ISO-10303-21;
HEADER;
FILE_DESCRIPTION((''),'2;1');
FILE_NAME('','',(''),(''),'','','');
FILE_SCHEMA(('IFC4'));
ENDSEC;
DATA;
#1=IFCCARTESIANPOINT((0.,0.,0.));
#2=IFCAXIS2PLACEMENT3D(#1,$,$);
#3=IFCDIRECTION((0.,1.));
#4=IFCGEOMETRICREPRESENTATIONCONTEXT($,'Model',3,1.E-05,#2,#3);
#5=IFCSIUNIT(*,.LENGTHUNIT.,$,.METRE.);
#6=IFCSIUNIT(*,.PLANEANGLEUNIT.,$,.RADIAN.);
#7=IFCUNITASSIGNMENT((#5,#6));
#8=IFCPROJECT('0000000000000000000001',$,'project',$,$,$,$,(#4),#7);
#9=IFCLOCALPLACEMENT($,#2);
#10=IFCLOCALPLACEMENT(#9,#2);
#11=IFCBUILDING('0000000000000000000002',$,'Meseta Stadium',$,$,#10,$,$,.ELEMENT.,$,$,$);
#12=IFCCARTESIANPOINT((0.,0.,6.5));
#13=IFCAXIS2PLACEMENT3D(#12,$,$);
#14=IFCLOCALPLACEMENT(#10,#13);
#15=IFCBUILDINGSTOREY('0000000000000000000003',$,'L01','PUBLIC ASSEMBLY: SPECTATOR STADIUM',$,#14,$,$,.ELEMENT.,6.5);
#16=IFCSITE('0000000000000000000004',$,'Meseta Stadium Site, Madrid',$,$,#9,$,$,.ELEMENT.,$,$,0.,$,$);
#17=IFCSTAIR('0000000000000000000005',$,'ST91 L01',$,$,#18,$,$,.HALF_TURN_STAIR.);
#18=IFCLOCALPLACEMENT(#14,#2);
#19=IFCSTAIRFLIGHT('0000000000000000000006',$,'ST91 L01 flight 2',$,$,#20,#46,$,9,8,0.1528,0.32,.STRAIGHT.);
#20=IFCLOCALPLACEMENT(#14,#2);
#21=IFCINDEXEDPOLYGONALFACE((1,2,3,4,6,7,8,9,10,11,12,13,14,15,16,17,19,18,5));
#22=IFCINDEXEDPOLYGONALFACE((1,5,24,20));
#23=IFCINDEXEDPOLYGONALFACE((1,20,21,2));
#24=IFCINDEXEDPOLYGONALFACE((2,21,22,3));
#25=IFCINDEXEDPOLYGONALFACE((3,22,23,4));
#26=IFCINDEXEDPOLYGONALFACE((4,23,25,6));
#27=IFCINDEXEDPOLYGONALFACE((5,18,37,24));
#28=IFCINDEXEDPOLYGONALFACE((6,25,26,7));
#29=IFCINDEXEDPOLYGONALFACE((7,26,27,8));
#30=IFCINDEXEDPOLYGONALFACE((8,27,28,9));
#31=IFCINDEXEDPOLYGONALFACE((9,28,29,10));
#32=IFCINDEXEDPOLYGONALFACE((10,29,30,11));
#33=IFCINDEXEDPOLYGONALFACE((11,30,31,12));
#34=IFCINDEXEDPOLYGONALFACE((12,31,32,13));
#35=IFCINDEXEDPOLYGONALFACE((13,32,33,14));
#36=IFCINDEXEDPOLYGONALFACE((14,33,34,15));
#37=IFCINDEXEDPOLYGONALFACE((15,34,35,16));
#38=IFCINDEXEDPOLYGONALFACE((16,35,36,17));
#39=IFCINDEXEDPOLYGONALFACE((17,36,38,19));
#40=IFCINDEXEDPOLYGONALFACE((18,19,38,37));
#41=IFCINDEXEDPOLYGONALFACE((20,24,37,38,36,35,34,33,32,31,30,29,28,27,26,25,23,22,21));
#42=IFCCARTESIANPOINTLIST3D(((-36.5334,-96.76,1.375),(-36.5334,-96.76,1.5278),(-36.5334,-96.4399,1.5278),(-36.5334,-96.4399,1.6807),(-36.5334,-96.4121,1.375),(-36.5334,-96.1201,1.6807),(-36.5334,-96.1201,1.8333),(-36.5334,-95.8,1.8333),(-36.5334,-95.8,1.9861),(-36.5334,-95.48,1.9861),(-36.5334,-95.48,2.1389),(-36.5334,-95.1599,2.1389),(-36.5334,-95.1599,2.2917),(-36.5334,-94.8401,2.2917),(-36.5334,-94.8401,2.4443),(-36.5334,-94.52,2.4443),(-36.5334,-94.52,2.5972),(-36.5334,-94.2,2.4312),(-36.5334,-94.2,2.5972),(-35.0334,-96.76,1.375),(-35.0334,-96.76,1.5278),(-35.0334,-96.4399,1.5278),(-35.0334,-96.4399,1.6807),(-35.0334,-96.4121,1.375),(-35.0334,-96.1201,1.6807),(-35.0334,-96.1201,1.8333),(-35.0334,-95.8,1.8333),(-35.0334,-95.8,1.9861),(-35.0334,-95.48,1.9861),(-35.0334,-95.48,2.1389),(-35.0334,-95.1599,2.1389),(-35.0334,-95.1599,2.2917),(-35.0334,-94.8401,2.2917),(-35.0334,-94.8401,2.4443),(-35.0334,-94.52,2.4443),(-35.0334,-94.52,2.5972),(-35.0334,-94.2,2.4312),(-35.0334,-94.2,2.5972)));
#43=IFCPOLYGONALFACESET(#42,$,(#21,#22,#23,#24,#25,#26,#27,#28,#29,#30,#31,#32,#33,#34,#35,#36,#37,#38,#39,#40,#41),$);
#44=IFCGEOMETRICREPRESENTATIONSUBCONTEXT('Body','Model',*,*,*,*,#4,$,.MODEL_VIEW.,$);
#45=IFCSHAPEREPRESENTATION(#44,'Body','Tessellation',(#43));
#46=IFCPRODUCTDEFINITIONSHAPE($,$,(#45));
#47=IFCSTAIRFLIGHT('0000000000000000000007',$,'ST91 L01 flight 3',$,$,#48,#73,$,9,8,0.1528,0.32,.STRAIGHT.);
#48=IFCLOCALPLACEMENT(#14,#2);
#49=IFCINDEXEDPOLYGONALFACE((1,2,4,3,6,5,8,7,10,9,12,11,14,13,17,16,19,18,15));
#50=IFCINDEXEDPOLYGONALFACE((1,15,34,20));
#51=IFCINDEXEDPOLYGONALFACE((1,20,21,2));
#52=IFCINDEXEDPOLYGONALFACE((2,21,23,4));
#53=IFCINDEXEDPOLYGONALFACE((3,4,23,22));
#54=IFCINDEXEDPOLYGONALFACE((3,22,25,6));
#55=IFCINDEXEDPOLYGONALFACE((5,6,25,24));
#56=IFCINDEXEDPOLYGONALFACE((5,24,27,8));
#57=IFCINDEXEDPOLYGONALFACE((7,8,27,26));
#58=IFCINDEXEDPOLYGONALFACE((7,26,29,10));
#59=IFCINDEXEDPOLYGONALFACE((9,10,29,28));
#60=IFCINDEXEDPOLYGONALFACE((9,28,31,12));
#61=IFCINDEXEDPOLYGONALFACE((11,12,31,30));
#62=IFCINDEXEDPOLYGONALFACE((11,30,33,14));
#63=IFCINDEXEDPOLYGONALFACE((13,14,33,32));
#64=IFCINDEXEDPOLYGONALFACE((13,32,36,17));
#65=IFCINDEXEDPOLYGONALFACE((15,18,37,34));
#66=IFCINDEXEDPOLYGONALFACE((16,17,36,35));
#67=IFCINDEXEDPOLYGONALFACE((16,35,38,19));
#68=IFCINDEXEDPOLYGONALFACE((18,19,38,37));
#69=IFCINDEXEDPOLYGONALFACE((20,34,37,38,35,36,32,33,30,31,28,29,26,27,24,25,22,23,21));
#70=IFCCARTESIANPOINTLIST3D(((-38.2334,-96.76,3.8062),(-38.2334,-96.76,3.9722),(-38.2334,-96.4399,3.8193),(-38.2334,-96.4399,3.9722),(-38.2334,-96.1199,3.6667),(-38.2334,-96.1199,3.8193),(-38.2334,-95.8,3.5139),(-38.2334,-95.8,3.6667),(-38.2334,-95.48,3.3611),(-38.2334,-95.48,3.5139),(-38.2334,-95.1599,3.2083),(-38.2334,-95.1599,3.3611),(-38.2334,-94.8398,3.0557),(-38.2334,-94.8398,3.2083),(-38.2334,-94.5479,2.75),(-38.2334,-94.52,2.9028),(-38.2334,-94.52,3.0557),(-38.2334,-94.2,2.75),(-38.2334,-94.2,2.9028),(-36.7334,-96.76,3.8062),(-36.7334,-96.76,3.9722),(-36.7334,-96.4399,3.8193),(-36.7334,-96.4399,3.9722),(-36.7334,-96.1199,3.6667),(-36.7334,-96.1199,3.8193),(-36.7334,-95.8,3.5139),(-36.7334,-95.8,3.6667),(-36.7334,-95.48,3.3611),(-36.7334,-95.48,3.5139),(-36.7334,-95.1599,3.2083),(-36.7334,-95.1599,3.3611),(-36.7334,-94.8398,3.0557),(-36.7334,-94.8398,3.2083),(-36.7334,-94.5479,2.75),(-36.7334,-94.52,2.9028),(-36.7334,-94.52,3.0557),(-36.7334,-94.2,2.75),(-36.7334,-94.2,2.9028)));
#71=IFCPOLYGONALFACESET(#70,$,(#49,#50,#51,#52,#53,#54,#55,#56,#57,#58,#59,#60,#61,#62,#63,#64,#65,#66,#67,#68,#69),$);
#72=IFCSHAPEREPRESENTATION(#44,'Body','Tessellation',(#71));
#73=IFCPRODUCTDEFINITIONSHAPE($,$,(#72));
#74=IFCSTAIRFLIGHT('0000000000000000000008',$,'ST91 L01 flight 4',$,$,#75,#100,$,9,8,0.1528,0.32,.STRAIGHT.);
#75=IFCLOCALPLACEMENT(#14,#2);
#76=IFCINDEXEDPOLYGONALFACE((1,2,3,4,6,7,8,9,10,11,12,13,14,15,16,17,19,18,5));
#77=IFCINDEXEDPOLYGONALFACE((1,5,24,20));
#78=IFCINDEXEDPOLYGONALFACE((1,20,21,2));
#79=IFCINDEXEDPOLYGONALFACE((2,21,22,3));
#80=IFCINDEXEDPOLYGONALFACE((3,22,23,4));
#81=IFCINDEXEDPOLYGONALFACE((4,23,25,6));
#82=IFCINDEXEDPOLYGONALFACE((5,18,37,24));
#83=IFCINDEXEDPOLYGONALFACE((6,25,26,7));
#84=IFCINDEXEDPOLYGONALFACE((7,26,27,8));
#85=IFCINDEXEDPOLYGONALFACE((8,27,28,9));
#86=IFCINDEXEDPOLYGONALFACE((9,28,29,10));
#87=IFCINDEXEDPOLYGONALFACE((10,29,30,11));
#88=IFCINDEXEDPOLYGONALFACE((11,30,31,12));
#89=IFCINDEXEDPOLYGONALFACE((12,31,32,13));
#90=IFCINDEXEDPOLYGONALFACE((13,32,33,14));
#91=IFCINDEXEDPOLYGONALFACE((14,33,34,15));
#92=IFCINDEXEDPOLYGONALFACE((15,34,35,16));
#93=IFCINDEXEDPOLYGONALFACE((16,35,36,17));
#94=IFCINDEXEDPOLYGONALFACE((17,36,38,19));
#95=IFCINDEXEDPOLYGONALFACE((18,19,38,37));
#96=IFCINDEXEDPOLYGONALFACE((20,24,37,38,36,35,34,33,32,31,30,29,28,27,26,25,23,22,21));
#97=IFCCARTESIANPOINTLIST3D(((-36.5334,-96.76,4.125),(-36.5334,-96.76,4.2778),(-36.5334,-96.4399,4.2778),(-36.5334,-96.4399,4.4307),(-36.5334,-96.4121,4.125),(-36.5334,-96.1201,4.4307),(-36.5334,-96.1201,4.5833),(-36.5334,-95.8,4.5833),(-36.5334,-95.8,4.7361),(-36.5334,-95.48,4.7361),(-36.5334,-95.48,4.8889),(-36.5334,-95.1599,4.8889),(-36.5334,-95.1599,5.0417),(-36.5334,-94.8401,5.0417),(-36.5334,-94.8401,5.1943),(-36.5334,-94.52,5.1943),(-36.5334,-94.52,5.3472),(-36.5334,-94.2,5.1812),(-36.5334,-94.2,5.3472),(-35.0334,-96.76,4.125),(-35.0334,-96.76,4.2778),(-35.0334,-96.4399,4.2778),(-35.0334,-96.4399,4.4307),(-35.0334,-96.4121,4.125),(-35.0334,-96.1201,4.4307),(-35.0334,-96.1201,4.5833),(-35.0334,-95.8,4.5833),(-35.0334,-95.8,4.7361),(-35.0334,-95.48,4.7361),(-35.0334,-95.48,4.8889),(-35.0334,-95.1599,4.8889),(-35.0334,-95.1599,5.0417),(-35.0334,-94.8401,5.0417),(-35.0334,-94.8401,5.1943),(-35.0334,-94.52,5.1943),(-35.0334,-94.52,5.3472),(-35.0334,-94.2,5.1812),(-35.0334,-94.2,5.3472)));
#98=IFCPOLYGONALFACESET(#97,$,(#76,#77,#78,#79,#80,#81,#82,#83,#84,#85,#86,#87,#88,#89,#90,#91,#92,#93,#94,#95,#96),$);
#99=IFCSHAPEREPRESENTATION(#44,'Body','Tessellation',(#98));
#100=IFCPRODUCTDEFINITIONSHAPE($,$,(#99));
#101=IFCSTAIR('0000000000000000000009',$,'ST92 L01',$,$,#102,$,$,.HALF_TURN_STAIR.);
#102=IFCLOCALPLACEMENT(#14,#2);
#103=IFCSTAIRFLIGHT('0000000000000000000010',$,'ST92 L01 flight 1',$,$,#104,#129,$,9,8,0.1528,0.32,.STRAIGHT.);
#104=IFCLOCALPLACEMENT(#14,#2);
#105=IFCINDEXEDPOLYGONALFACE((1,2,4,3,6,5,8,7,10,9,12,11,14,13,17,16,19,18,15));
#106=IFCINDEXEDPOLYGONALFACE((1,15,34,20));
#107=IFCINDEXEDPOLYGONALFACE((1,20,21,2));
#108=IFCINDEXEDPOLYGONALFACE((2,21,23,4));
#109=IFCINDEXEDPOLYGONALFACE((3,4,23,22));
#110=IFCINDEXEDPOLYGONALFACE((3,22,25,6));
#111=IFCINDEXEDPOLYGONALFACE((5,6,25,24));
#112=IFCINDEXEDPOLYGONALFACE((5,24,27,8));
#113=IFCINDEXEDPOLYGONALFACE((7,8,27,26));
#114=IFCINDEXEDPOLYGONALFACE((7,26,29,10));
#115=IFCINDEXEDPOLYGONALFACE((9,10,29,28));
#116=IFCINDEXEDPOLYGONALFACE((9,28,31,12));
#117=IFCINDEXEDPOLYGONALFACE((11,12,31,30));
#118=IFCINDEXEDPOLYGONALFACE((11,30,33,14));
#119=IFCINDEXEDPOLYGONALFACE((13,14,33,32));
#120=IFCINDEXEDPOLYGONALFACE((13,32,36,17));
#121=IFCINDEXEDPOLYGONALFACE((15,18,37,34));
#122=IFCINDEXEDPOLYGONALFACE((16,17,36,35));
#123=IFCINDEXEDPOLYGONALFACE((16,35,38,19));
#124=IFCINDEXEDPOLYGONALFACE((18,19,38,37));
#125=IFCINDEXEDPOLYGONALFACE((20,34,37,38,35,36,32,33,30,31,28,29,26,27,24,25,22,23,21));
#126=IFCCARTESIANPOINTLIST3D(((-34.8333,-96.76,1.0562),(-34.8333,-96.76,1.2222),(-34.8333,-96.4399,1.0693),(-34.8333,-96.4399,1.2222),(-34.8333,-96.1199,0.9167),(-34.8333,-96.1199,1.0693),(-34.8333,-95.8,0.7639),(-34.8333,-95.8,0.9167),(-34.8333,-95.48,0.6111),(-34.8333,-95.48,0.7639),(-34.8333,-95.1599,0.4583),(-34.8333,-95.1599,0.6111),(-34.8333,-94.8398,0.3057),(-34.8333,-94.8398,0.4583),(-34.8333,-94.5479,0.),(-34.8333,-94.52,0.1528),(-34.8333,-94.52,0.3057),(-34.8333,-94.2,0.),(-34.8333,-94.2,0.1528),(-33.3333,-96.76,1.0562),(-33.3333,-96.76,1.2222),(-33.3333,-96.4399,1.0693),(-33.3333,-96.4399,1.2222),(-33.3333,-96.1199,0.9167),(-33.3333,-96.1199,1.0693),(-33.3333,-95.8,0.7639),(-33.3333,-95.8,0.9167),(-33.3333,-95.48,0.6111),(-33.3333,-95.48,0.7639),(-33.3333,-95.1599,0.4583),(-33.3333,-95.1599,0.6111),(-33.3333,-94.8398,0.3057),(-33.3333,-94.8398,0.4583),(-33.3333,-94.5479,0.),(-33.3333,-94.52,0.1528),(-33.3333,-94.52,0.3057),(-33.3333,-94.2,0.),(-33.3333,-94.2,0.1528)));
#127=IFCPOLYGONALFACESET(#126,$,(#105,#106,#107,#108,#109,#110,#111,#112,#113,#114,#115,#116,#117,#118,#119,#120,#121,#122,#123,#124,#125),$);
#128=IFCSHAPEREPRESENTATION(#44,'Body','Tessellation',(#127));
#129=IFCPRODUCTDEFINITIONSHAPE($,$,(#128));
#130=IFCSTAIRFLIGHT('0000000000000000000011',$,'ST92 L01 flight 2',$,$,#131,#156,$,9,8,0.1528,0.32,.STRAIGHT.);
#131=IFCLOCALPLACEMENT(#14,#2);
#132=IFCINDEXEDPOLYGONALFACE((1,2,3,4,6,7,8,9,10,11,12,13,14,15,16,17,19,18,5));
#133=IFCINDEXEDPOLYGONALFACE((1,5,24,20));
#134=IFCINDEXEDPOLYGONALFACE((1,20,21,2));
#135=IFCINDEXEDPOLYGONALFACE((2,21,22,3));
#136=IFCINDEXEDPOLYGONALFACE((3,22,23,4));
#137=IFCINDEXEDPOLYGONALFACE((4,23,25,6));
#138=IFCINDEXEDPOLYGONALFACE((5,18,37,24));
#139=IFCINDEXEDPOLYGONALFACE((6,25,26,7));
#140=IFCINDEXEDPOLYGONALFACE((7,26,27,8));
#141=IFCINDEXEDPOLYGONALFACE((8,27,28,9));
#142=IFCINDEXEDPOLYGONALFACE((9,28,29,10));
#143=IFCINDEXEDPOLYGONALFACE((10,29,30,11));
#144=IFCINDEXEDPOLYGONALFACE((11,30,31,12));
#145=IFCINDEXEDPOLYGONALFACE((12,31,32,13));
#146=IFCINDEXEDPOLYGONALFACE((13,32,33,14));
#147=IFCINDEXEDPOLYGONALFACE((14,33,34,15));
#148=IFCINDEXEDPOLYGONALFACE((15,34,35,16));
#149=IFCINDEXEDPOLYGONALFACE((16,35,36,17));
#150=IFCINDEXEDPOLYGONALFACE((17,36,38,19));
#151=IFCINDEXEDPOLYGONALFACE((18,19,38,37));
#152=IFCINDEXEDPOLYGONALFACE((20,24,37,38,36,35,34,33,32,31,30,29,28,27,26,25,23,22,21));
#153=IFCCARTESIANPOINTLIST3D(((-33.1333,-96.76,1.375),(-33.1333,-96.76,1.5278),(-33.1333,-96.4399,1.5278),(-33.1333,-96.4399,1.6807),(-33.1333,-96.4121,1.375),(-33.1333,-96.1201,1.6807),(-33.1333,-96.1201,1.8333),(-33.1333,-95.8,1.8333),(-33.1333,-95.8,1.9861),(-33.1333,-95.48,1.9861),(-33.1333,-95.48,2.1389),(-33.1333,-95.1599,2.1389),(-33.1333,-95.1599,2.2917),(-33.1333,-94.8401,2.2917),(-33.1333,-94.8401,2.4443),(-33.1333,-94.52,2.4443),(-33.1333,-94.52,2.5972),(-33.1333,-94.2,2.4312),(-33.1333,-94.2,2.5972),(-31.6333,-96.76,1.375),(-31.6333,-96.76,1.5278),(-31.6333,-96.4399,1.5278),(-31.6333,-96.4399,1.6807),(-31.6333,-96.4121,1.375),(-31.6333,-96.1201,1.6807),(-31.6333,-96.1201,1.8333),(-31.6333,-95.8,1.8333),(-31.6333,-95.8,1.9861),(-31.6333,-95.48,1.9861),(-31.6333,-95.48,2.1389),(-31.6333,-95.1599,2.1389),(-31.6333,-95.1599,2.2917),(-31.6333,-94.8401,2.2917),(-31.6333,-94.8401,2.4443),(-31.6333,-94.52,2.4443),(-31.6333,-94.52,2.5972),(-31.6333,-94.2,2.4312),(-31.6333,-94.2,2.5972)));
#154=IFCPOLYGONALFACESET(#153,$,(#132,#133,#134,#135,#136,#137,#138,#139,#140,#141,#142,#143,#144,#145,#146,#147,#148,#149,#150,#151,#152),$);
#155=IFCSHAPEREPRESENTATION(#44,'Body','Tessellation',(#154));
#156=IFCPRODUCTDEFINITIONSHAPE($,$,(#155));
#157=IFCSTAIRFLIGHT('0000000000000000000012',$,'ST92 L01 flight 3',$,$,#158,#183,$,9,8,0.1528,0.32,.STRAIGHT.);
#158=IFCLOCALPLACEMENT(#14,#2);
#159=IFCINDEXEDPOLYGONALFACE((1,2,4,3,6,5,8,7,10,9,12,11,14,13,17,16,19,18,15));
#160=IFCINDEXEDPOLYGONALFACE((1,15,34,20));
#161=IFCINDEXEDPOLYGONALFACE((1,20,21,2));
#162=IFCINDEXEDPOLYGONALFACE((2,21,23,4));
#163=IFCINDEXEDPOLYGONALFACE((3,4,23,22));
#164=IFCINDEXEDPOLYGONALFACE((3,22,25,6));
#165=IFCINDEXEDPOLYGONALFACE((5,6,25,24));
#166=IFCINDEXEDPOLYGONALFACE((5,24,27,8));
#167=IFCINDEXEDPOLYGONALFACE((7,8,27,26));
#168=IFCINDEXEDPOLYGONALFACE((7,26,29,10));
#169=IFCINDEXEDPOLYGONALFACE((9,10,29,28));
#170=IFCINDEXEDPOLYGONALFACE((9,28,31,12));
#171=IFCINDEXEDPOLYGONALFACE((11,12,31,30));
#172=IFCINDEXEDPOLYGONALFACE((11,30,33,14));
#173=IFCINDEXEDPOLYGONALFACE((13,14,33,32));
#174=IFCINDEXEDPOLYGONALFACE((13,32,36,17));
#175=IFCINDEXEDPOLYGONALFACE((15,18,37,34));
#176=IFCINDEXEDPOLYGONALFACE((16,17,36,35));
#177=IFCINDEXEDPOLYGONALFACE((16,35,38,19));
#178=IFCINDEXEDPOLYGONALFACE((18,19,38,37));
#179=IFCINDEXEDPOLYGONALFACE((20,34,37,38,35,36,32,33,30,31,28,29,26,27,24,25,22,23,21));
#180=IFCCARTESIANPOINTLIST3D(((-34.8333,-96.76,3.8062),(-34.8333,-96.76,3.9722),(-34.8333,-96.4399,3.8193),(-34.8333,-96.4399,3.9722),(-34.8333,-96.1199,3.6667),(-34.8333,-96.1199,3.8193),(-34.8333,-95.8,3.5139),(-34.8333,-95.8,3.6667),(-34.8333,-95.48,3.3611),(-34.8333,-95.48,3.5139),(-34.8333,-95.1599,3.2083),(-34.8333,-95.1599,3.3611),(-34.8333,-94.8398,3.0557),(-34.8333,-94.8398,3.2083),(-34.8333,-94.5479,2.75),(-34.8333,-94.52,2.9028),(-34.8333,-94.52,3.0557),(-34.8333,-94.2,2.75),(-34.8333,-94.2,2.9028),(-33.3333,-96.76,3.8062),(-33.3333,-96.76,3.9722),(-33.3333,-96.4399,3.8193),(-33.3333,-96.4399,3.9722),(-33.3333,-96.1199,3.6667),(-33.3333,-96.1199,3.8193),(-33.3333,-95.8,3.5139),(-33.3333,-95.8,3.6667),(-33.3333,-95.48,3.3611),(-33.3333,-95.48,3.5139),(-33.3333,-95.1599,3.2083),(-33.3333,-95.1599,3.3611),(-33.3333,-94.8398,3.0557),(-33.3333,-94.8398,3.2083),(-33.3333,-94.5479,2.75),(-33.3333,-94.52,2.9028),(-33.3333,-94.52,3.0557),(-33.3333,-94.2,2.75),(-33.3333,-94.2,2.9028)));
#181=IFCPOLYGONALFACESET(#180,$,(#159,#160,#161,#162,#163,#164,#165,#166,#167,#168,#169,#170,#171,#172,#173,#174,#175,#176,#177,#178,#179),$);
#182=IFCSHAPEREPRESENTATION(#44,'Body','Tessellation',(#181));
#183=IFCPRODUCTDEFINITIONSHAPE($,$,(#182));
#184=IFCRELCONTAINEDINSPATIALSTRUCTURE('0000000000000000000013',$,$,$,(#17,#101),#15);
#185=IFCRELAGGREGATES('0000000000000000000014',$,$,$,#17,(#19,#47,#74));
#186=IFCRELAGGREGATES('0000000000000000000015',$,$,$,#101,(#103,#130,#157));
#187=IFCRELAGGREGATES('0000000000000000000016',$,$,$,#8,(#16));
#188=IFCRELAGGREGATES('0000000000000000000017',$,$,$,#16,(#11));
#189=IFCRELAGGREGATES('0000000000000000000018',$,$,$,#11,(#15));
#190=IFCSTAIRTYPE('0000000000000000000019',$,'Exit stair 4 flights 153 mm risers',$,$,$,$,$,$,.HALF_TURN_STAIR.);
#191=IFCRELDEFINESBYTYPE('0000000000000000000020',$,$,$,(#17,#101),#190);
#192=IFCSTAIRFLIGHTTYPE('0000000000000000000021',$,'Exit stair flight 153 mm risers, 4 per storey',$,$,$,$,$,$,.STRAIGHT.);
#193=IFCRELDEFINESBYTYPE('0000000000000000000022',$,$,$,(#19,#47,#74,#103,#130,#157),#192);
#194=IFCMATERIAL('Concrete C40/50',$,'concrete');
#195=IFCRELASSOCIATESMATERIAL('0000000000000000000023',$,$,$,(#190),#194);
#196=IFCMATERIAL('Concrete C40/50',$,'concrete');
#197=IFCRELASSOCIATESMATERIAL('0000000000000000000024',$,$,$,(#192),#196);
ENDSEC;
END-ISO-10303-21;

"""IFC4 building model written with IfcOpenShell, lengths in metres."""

from ifc_helpers import new_model, si_unit, direction, frame, origin, place, context, subcontext, project, spatial, polyline, outline, extrude, material, type_object, element, aggregate, save


model = new_model("IFC4")

# Units and contexts
model_context = context("Model", 3, precision=1e-05, world=origin(), true_north=direction((0.0, 1.0)))
body_context = subcontext(model_context, "Body", "Model", "MODEL_VIEW")
ifc_project = project(units=[si_unit("LENGTHUNIT", "METRE"), si_unit("PLANEANGLEUNIT", "RADIAN")], contexts=[model_context])

# Site, building, storey
site_placement = place(None, origin())
site = spatial("IfcSite", under=ifc_project, at=site_placement, Name="Meseta Stadium Site, Madrid", CompositionType="ELEMENT", RefElevation=0.0)
building_placement = place(site_placement, origin())
building = spatial("IfcBuilding", under=site, at=building_placement, Name="Meseta Stadium", CompositionType="ELEMENT")
storey_placement = place(building_placement, frame((0.0, 0.0, 6.5)))
storey = spatial("IfcBuildingStorey", under=building, at=storey_placement, Name="L01", Description="PUBLIC ASSEMBLY: SPECTATOR STADIUM", CompositionType="ELEMENT", Elevation=6.5)

# Stairs, stair flights
ifc_material_1 = material(Name="Concrete C40/50", Category="concrete")
stair_type = type_object("IfcStairType", Name="Exit stair 4 flights 153 mm risers", PredefinedType="HALF_TURN_STAIR", material=ifc_material_1)
stair_1_placement = place(storey_placement, origin())
stair_1 = element("IfcStair", 1, at=stair_1_placement, inside=storey, type_object=stair_type, Name="ST91 L01", PredefinedType="HALF_TURN_STAIR")
ifc_material_2 = material(Name="Concrete C40/50", Category="concrete")
stair_flight_type = type_object("IfcStairFlightType", Name="Exit stair flight 153 mm risers, 4 per storey", PredefinedType="STRAIGHT", material=ifc_material_2)
stair_flight_1_placement = place(storey_placement, frame((-35.7834, -96.76, 1.375), z_axis=(0.0, 0.0, 1.0), x_axis=(0.0, 1.0, 0.0)))
stair_flight_1 = element("IfcStairFlight", 2, at=stair_flight_1_placement, type_object=stair_flight_type, Name="ST91 L01 flight 2", NumberOfRisers=9, NumberOfTreads=8, PredefinedType="STRAIGHT", RiserHeight=0.1528, TreadLength=0.32, context=body_context, shape_type="SweptSolid", body=[
    extrude(outline(polyline([(0.0, 0.0), (0.0, 0.1528), (0.3201, 0.1528), (0.3201, 0.3057), (0.6399, 0.3057), (0.6399, 0.4583), (0.96, 0.4583), (0.96, 0.6111), (1.28, 0.6111), (1.28, 0.7639), (1.6001, 0.7639), (1.6001, 0.9167), (1.9199, 0.9167), (1.9199, 1.0693), (2.24, 1.0693), (2.24, 1.2222), (2.5601, 1.2222), (2.5601, 1.0562), (0.3479, 0.0), (0.0, 0.0)])), frame((0.0, 0.75, 0.0), z_axis=(0.0, -1.0, 0.0), x_axis=(1.0, 0.0, 0.0)), (0.0, 0.0, 1.0), 1.5),
])
stair_flight_2_placement = place(storey_placement, frame((-37.4834, -94.2, 2.75), z_axis=(0.0, 0.0, 1.0), x_axis=(0.0, -1.0, 0.0)))
stair_flight_2 = element("IfcStairFlight", 3, at=stair_flight_2_placement, type_object=stair_flight_type, Name="ST91 L01 flight 3", NumberOfRisers=9, NumberOfTreads=8, PredefinedType="STRAIGHT", RiserHeight=0.1528, TreadLength=0.32, context=body_context, shape_type="SweptSolid", body=[
    extrude(outline(polyline([(0.0, 0.0), (0.0, 0.1528), (0.3201, 0.1528), (0.3201, 0.3057), (0.6399, 0.3057), (0.6399, 0.4583), (0.96, 0.4583), (0.96, 0.6111), (1.28, 0.6111), (1.28, 0.7639), (1.6001, 0.7639), (1.6001, 0.9167), (1.9199, 0.9167), (1.9199, 1.0693), (2.24, 1.0693), (2.24, 1.2222), (2.5601, 1.2222), (2.5601, 1.0562), (0.3479, 0.0), (0.0, 0.0)])), frame((0.0, 0.75, 0.0), z_axis=(0.0, -1.0, 0.0), x_axis=(1.0, 0.0, 0.0)), (0.0, 0.0, 1.0), 1.5),
])
stair_flight_3_placement = place(storey_placement, frame((-35.7834, -96.76, 4.125), z_axis=(0.0, 0.0, 1.0), x_axis=(0.0, 1.0, 0.0)))
stair_flight_3 = element("IfcStairFlight", 4, at=stair_flight_3_placement, type_object=stair_flight_type, Name="ST91 L01 flight 4", NumberOfRisers=9, NumberOfTreads=8, PredefinedType="STRAIGHT", RiserHeight=0.1528, TreadLength=0.32, context=body_context, shape_type="SweptSolid", body=[
    extrude(outline(polyline([(0.0, 0.0), (0.0, 0.1528), (0.3201, 0.1528), (0.3201, 0.3057), (0.6399, 0.3057), (0.6399, 0.4583), (0.96, 0.4583), (0.96, 0.6111), (1.28, 0.6111), (1.28, 0.7639), (1.6001, 0.7639), (1.6001, 0.9167), (1.9199, 0.9167), (1.9199, 1.0693), (2.24, 1.0693), (2.24, 1.2222), (2.5601, 1.2222), (2.5601, 1.0562), (0.3479, 0.0), (0.0, 0.0)])), frame((0.0, 0.75, 0.0), z_axis=(0.0, -1.0, 0.0), x_axis=(1.0, 0.0, 0.0)), (0.0, 0.0, 1.0), 1.5),
])
aggregate(stair_1, [stair_flight_1, stair_flight_2, stair_flight_3])
stair_2_placement = place(storey_placement, origin())
stair_2 = element("IfcStair", 5, at=stair_2_placement, inside=storey, type_object=stair_type, Name="ST92 L01", PredefinedType="HALF_TURN_STAIR")
stair_flight_4_placement = place(storey_placement, frame((-34.0833, -94.2, 0.0), z_axis=(0.0, 0.0, 1.0), x_axis=(0.0, -1.0, 0.0)))
stair_flight_4 = element("IfcStairFlight", 6, at=stair_flight_4_placement, type_object=stair_flight_type, Name="ST92 L01 flight 1", NumberOfRisers=9, NumberOfTreads=8, PredefinedType="STRAIGHT", RiserHeight=0.1528, TreadLength=0.32, context=body_context, shape_type="SweptSolid", body=[
    extrude(outline(polyline([(0.0, 0.0), (0.0, 0.1528), (0.3201, 0.1528), (0.3201, 0.3057), (0.6399, 0.3057), (0.6399, 0.4583), (0.96, 0.4583), (0.96, 0.6111), (1.28, 0.6111), (1.28, 0.7639), (1.6001, 0.7639), (1.6001, 0.9167), (1.9199, 0.9167), (1.9199, 1.0693), (2.24, 1.0693), (2.24, 1.2222), (2.5601, 1.2222), (2.5601, 1.0562), (0.3479, 0.0), (0.0, 0.0)])), frame((0.0, 0.75, 0.0), z_axis=(0.0, -1.0, 0.0), x_axis=(1.0, 0.0, 0.0)), (0.0, 0.0, 1.0), 1.5),
])
stair_flight_5_placement = place(storey_placement, frame((-32.3833, -96.76, 1.375), z_axis=(0.0, 0.0, 1.0), x_axis=(0.0, 1.0, 0.0)))
stair_flight_5 = element("IfcStairFlight", 7, at=stair_flight_5_placement, type_object=stair_flight_type, Name="ST92 L01 flight 2", NumberOfRisers=9, NumberOfTreads=8, PredefinedType="STRAIGHT", RiserHeight=0.1528, TreadLength=0.32, context=body_context, shape_type="SweptSolid", body=[
    extrude(outline(polyline([(0.0, 0.0), (0.0, 0.1528), (0.3201, 0.1528), (0.3201, 0.3057), (0.6399, 0.3057), (0.6399, 0.4583), (0.96, 0.4583), (0.96, 0.6111), (1.28, 0.6111), (1.28, 0.7639), (1.6001, 0.7639), (1.6001, 0.9167), (1.9199, 0.9167), (1.9199, 1.0693), (2.24, 1.0693), (2.24, 1.2222), (2.5601, 1.2222), (2.5601, 1.0562), (0.3479, 0.0), (0.0, 0.0)])), frame((0.0, 0.75, 0.0), z_axis=(0.0, -1.0, 0.0), x_axis=(1.0, 0.0, 0.0)), (0.0, 0.0, 1.0), 1.5),
])
stair_flight_6_placement = place(storey_placement, frame((-34.0833, -94.2, 2.75), z_axis=(0.0, 0.0, 1.0), x_axis=(0.0, -1.0, 0.0)))
stair_flight_6 = element("IfcStairFlight", 8, at=stair_flight_6_placement, type_object=stair_flight_type, Name="ST92 L01 flight 3", NumberOfRisers=9, NumberOfTreads=8, PredefinedType="STRAIGHT", RiserHeight=0.1528, TreadLength=0.32, context=body_context, shape_type="SweptSolid", body=[
    extrude(outline(polyline([(0.0, 0.0), (0.0, 0.1528), (0.3201, 0.1528), (0.3201, 0.3057), (0.6399, 0.3057), (0.6399, 0.4583), (0.96, 0.4583), (0.96, 0.6111), (1.28, 0.6111), (1.28, 0.7639), (1.6001, 0.7639), (1.6001, 0.9167), (1.9199, 0.9167), (1.9199, 1.0693), (2.24, 1.0693), (2.24, 1.2222), (2.5601, 1.2222), (2.5601, 1.0562), (0.3479, 0.0), (0.0, 0.0)])), frame((0.0, 0.75, 0.0), z_axis=(0.0, -1.0, 0.0), x_axis=(1.0, 0.0, 0.0)), (0.0, 0.0, 1.0), 1.5),
])
aggregate(stair_2, [stair_flight_4, stair_flight_5, stair_flight_6])

save(model, "model.ifc")
